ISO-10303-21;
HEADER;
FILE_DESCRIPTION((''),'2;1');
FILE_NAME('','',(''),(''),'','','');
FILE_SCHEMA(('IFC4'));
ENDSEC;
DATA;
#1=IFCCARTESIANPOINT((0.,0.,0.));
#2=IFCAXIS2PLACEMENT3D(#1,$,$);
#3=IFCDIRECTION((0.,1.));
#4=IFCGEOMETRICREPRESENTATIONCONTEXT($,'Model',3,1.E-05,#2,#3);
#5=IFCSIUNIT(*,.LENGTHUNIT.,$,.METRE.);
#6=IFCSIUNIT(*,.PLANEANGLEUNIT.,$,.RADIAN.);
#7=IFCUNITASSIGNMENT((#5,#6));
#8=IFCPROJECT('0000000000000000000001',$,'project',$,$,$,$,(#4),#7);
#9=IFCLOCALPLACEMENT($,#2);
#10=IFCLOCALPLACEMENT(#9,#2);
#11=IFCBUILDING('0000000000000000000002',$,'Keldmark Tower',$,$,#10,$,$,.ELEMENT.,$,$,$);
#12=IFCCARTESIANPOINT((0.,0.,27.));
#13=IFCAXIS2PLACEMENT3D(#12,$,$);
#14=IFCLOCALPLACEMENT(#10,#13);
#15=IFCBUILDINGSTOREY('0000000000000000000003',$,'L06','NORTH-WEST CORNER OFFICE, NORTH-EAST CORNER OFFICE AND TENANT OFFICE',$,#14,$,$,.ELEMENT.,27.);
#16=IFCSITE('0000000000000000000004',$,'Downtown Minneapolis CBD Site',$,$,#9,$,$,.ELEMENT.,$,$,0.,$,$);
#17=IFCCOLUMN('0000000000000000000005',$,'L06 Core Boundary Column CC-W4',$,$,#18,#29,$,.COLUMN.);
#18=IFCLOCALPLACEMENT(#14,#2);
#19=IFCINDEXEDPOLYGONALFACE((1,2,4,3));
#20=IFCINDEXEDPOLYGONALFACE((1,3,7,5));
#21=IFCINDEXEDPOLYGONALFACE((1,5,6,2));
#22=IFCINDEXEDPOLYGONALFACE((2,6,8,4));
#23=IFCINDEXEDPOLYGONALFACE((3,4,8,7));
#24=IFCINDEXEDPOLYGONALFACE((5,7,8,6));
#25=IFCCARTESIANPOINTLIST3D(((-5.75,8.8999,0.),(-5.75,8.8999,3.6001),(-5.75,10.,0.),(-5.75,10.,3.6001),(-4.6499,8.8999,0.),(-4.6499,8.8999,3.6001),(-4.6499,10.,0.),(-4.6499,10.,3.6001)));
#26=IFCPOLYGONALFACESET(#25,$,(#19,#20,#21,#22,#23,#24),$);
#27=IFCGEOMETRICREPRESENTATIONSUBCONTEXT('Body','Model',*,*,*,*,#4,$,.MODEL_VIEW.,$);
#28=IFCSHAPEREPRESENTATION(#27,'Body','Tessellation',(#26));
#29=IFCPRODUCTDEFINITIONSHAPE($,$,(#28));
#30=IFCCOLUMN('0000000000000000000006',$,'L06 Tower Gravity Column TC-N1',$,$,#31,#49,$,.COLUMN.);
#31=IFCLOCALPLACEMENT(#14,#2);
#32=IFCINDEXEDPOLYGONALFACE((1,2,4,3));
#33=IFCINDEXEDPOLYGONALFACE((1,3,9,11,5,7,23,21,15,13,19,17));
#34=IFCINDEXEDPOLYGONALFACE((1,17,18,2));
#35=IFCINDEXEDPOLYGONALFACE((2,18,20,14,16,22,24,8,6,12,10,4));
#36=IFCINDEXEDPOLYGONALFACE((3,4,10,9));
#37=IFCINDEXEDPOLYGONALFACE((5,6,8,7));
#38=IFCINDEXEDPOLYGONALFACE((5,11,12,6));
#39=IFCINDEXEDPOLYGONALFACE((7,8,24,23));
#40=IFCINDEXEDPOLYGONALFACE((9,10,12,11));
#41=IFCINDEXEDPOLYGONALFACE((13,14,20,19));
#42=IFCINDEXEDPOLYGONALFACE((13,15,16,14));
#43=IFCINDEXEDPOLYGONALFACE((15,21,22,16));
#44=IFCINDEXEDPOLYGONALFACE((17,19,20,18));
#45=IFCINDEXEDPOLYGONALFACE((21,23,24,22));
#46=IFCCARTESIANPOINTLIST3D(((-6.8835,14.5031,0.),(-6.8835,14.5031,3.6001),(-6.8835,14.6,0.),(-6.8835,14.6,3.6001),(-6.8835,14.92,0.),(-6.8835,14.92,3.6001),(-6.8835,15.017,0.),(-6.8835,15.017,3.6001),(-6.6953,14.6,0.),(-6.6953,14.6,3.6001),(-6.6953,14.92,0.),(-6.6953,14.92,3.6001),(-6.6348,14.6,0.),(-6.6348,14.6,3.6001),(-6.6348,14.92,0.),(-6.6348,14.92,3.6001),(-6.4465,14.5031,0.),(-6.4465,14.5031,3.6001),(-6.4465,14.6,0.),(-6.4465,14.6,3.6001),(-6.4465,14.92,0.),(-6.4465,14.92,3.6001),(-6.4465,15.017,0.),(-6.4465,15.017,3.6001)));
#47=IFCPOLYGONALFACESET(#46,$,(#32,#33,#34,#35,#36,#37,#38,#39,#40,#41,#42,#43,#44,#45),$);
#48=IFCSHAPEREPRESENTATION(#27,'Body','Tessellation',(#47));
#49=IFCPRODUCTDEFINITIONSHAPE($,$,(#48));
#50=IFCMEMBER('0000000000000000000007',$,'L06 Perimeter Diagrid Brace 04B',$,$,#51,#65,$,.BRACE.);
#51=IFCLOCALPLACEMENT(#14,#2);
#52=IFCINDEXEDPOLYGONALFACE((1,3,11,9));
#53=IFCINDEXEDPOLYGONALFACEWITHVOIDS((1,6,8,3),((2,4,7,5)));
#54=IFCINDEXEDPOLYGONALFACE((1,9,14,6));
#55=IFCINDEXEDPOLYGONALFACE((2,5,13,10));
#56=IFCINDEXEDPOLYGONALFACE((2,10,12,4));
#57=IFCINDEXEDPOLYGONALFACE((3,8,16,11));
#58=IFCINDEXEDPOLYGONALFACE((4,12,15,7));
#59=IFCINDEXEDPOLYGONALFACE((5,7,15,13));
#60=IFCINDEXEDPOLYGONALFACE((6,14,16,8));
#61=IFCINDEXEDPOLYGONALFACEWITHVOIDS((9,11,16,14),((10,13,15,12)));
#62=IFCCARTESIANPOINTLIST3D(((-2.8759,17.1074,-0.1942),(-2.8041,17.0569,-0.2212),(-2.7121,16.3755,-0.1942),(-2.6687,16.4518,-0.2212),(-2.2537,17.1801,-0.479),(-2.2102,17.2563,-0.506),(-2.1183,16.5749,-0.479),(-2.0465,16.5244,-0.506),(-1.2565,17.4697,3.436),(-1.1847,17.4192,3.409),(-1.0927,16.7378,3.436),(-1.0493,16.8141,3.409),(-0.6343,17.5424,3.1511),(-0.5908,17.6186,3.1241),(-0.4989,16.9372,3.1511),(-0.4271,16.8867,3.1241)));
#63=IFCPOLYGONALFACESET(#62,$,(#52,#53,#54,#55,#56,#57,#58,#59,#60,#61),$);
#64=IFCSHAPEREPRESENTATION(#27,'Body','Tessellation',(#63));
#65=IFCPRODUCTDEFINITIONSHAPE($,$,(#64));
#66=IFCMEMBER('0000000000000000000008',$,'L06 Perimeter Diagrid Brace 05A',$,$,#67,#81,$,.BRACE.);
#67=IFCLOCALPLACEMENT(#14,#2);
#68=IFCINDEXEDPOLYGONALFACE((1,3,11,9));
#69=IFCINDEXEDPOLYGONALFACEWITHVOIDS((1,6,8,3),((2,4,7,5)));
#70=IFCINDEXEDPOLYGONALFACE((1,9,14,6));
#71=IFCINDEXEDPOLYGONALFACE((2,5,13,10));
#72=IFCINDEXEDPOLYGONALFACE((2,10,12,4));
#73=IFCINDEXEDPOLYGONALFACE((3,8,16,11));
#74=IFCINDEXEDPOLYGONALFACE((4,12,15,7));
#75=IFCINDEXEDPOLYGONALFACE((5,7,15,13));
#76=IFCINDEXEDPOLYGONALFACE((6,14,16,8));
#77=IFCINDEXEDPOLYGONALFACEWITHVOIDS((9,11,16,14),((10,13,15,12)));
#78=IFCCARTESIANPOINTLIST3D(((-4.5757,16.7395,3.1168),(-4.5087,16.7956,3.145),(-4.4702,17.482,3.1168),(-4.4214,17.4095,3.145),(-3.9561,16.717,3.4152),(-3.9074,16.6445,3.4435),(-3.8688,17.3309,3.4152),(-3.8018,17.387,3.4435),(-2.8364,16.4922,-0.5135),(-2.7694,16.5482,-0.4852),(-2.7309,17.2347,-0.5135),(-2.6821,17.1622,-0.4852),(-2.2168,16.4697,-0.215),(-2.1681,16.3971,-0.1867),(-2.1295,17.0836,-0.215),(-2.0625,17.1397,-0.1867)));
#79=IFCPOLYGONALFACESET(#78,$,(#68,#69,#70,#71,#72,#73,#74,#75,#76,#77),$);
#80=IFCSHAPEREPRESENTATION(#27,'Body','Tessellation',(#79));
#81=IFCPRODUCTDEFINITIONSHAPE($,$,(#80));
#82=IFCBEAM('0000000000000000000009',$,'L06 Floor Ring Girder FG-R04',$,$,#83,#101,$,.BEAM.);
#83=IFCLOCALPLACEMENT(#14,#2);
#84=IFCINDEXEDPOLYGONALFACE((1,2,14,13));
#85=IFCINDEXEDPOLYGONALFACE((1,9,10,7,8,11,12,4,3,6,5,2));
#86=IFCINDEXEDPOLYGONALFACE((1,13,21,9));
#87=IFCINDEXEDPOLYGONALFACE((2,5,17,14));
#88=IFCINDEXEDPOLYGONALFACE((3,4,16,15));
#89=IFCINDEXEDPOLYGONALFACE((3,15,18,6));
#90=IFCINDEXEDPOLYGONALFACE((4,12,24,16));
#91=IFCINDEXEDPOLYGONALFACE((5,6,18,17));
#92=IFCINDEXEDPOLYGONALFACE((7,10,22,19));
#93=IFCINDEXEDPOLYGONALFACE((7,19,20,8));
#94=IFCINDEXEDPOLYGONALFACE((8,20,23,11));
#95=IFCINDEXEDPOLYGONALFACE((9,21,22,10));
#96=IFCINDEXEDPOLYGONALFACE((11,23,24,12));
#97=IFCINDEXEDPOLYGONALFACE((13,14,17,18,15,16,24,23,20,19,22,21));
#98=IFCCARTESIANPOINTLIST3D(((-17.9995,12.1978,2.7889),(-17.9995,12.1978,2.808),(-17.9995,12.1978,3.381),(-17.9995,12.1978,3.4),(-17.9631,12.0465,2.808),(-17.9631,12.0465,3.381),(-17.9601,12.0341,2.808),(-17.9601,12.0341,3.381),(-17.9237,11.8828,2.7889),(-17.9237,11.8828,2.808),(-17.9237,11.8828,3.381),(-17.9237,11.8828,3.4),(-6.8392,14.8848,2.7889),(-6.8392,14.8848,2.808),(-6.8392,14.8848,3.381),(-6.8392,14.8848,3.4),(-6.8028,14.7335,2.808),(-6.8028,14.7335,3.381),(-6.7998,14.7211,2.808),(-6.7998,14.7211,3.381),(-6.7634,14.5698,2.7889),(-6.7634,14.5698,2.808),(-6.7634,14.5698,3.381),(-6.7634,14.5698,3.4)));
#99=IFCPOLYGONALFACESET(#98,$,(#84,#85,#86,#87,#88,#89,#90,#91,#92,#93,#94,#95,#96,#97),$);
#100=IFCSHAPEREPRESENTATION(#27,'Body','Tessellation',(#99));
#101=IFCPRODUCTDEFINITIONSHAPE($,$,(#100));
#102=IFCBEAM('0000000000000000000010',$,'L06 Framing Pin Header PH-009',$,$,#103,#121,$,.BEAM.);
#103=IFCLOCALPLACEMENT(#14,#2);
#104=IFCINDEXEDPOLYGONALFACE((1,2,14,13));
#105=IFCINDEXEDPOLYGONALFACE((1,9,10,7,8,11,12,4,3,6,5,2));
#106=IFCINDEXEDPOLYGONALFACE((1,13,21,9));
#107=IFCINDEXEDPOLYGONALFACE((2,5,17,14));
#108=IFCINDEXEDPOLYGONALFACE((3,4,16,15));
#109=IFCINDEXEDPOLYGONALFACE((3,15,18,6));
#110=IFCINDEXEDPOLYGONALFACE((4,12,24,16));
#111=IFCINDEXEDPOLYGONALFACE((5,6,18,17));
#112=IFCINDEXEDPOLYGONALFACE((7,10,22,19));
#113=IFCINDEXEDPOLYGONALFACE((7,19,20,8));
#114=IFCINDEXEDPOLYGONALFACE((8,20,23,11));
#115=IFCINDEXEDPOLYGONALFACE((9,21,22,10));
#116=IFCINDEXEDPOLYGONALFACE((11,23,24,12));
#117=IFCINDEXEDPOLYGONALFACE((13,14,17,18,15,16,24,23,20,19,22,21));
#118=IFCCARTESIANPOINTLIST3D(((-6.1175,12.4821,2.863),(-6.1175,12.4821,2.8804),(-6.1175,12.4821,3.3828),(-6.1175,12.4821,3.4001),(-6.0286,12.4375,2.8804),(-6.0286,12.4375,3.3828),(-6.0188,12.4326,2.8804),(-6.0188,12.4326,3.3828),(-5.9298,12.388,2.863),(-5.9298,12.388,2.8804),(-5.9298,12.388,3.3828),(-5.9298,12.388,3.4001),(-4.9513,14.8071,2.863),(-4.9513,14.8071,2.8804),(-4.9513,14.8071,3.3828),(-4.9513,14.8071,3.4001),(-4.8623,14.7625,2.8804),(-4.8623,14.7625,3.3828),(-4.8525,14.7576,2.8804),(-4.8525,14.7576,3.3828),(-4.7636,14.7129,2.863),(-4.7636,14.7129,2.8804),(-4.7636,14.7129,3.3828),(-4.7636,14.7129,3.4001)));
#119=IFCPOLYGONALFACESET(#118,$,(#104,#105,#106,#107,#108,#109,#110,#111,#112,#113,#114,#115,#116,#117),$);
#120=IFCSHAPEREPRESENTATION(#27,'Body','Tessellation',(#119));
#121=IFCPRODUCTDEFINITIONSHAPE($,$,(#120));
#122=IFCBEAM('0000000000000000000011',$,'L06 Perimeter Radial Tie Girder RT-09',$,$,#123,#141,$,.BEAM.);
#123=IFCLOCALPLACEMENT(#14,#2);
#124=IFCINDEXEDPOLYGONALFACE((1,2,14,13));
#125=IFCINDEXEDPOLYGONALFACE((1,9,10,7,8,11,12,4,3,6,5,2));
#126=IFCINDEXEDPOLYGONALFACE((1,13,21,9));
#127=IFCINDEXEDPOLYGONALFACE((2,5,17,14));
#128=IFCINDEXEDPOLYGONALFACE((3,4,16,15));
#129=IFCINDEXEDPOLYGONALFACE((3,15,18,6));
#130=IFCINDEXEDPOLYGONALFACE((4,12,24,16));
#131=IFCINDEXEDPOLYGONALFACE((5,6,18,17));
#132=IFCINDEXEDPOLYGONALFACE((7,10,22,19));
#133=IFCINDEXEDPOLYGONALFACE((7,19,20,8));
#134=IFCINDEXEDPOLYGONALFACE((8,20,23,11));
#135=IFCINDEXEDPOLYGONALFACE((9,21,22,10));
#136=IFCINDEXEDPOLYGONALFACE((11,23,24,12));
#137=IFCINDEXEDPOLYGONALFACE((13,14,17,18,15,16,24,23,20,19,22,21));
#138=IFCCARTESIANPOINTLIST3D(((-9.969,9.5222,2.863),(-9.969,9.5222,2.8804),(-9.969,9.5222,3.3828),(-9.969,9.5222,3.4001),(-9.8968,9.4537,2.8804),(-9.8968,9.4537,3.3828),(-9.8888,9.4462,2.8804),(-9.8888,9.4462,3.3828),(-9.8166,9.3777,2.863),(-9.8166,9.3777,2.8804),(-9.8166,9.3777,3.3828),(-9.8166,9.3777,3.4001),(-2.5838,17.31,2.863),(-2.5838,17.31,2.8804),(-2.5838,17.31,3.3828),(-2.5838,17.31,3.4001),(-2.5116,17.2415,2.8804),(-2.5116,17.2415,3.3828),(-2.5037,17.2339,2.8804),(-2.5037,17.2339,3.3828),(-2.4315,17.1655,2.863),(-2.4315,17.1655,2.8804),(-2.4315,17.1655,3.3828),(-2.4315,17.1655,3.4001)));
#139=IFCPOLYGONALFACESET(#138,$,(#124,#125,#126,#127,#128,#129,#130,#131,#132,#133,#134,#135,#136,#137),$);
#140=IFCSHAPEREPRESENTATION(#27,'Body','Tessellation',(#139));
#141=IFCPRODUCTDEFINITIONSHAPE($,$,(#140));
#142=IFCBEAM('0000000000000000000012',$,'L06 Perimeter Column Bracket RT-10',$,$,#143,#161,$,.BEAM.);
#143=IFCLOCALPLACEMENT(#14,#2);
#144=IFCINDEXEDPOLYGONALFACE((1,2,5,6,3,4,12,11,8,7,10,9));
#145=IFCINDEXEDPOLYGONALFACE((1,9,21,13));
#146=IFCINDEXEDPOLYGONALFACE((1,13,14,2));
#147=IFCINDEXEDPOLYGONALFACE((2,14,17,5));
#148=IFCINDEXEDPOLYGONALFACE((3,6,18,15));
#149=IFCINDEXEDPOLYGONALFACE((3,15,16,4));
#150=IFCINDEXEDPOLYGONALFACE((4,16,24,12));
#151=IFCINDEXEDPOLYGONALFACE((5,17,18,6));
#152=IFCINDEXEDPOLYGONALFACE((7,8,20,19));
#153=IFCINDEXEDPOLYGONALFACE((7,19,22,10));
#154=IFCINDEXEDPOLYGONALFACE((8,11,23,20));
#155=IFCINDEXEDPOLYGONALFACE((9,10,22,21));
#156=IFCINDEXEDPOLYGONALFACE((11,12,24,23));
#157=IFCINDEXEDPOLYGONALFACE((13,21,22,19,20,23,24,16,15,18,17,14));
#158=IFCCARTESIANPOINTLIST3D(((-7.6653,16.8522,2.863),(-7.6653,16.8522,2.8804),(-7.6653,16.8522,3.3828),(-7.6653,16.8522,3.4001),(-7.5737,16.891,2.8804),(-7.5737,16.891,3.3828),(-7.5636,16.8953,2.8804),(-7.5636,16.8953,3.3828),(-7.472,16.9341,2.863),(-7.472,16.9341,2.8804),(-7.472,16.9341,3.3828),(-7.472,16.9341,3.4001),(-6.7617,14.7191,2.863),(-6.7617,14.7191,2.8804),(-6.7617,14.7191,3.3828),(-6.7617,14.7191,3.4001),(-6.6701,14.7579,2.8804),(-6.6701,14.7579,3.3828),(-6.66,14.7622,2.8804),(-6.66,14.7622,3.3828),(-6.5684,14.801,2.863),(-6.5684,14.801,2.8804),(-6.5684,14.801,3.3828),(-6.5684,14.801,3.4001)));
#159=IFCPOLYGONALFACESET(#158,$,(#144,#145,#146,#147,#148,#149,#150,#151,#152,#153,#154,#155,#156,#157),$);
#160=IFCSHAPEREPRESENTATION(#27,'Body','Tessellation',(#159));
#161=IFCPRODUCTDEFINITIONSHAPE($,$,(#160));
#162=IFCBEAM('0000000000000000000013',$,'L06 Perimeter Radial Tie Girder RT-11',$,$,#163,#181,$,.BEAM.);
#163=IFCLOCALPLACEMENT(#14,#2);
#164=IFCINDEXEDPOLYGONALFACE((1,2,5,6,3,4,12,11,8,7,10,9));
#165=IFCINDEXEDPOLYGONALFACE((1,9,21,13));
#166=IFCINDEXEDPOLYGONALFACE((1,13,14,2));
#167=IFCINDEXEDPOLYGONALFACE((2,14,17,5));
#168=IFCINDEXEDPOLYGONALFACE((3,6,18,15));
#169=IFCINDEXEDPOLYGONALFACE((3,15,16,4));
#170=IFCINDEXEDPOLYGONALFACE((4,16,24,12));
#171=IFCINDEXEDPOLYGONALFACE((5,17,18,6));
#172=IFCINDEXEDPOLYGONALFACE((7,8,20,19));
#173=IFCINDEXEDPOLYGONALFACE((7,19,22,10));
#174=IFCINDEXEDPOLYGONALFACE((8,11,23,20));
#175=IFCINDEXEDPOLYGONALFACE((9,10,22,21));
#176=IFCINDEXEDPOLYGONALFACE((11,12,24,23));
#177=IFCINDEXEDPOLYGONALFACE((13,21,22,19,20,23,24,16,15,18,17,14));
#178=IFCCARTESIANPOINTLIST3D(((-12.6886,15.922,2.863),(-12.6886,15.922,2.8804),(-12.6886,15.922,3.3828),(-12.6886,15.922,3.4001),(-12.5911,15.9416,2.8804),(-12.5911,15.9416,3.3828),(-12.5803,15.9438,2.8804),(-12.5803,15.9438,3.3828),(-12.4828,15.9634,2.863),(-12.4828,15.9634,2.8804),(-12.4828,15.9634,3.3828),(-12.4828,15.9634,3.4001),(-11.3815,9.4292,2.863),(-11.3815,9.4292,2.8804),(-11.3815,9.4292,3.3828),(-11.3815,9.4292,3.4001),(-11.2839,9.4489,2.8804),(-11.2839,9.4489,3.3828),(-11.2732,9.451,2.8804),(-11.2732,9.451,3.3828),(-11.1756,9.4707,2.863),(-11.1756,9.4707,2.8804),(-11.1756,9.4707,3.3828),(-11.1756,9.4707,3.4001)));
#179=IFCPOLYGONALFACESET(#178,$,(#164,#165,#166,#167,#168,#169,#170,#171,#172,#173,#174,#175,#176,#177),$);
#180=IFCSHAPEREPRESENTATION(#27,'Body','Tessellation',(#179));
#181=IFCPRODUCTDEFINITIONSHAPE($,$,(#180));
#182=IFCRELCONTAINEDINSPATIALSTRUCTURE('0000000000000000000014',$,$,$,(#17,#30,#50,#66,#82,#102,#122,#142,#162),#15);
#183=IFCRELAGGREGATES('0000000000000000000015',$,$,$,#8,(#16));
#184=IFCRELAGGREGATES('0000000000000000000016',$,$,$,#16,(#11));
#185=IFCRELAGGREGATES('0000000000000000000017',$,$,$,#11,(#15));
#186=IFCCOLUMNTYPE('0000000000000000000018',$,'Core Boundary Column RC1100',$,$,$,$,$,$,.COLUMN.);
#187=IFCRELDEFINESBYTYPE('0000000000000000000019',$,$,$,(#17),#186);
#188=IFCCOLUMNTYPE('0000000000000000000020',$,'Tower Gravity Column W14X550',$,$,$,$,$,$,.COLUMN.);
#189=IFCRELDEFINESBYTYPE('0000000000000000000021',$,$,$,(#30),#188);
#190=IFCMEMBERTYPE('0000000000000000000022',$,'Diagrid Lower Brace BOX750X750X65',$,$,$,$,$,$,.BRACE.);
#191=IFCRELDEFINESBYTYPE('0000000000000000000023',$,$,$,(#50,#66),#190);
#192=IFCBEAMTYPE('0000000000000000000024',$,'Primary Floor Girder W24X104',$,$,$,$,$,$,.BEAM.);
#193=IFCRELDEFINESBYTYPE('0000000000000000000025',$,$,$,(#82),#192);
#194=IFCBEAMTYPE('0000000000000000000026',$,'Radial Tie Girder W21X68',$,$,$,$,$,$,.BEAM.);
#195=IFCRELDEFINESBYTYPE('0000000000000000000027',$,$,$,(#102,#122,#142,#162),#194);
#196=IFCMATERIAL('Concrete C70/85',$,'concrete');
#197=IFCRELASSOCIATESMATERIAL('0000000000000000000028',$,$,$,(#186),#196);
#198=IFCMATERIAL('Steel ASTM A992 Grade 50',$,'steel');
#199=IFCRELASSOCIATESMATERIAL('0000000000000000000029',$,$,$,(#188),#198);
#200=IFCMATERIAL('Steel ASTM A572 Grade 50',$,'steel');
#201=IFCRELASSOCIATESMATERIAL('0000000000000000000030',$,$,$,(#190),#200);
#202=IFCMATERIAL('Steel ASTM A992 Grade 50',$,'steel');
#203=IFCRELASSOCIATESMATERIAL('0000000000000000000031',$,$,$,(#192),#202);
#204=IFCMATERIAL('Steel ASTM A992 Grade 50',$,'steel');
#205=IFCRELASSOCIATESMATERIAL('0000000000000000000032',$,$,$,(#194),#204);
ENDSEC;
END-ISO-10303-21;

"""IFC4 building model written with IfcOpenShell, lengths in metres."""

from ifc_helpers import new_model, si_unit, direction, frame, origin, origin_2d, place, context, subcontext, project, spatial, rectangle, hollow_rectangle, i_section, extrude, material, material_profile, profile_set, type_object, element, save


model = new_model("IFC4")

# Units and contexts
model_context = context("Model", 3, precision=1e-05, world=origin(), true_north=direction((0.0, 1.0)))
body_context = subcontext(model_context, "Body", "Model", "MODEL_VIEW")
ifc_project = project(units=[si_unit("LENGTHUNIT", "METRE"), si_unit("PLANEANGLEUNIT", "RADIAN")], contexts=[model_context])

# Site, building, storey
site_placement = place(None, origin())
site = spatial("IfcSite", under=ifc_project, at=site_placement, Name="Downtown Minneapolis CBD Site", CompositionType="ELEMENT", RefElevation=0.0)
building_placement = place(site_placement, origin())
building = spatial("IfcBuilding", under=site, at=building_placement, Name="Keldmark Tower", CompositionType="ELEMENT")
storey_placement = place(building_placement, frame((0.0, 0.0, 27.0)))
storey = spatial("IfcBuildingStorey", under=building, at=storey_placement, Name="L06", Description="NORTH-WEST CORNER OFFICE, NORTH-EAST CORNER OFFICE AND TENANT OFFICE", CompositionType="ELEMENT", Elevation=27.0)

# Columns
ifc_material_1 = material(Name="Concrete C70/85", Category="concrete")
ifc_material_profile_1 = material_profile(ifc_material_1, rectangle(XDim=1.1001, YDim=1.1001, at=origin_2d()), Name="RC1100X1100")
ifc_profile_set_1 = profile_set([ifc_material_profile_1], Name="Concrete C70/85")
column_type_1 = type_object("IfcColumnType", Name="Core Boundary Column RC1100", PredefinedType="COLUMN", material=ifc_profile_set_1)
column_1_placement = place(storey_placement, frame((-5.2, 9.45, 0.0), z_axis=(0.0, 0.0, 1.0), x_axis=(1.0, 0.0, 0.0)))
element("IfcColumn", 1, at=column_1_placement, inside=storey, type_object=column_type_1, Name="L06 Core Boundary Column CC-W4", PredefinedType="COLUMN", context=body_context, shape_type="SweptSolid", body=[
    extrude(rectangle(XDim=1.1001, YDim=1.1001, at=origin_2d()), origin(), (0.0, 0.0, 1.0), 3.6001),
])
ifc_material_2 = material(Name="Steel ASTM A992 Grade 50", Category="steel")
ifc_material_profile_2 = material_profile(ifc_material_2, i_section(OverallWidth=0.437, OverallDepth=0.5139, WebThickness=0.0605, FlangeThickness=0.0969, at=origin_2d()), Name="W14X550")
ifc_profile_set_2 = profile_set([ifc_material_profile_2], Name="Steel ASTM A992 Grade 50")
column_type_2 = type_object("IfcColumnType", Name="Tower Gravity Column W14X550", PredefinedType="COLUMN", material=ifc_profile_set_2)
column_2_placement = place(storey_placement, frame((-6.665, 14.76, 0.0), z_axis=(0.0, 0.0, 1.0), x_axis=(1.0, 0.0, 0.0)))
element("IfcColumn", 2, at=column_2_placement, inside=storey, type_object=column_type_2, Name="L06 Tower Gravity Column TC-N1", PredefinedType="COLUMN", context=body_context, shape_type="SweptSolid", body=[
    extrude(i_section(OverallWidth=0.437, OverallDepth=0.5139, WebThickness=0.0605, FlangeThickness=0.0969, at=origin_2d()), origin(), (0.0, 0.0, 1.0), 3.6001),
])

# Members
ifc_material_3 = material(Name="Steel ASTM A572 Grade 50", Category="steel")
ifc_material_profile_3 = material_profile(ifc_material_3, hollow_rectangle(XDim=0.75, YDim=0.75, WallThickness=0.0649, at=origin_2d()), Name="BOX750X750X65")
ifc_profile_set_3 = profile_set([ifc_material_profile_3], Name="Steel ASTM A572 Grade 50")
member_type = type_object("IfcMemberType", Name="Diagrid Lower Brace BOX750X750X65", PredefinedType="BRACE", material=ifc_profile_set_3)
member_1_placement = place(storey_placement, frame((-2.4612, 16.8159, -0.3501), z_axis=(0.405716, 0.090771, 0.909481), x_axis=(-0.218332, 0.975874, 0.0)))
element("IfcMember", 3, at=member_1_placement, inside=storey, type_object=member_type, Name="L06 Perimeter Diagrid Brace 04B", PredefinedType="BRACE", context=body_context, shape_type="SweptSolid", body=[
    extrude(hollow_rectangle(XDim=0.75, YDim=0.75, WallThickness=0.0649, at=origin_2d()), origin(), (0.0, 0.0, 1.0), 3.9915),
])
member_2_placement = place(storey_placement, frame((-2.4495, 16.8159, -0.3501), z_axis=(-0.431271, 0.061325, 0.900136), x_axis=(-0.140779, -0.990041, 0.0)))
element("IfcMember", 4, at=member_2_placement, inside=storey, type_object=member_type, Name="L06 Perimeter Diagrid Brace 05A", PredefinedType="BRACE", context=body_context, shape_type="SweptSolid", body=[
    extrude(hollow_rectangle(XDim=0.75, YDim=0.75, WallThickness=0.0649, at=origin_2d()), origin(), (0.0, 0.0, 1.0), 4.033),
])

# Beams
ifc_material_4 = material(Name="Steel ASTM A992 Grade 50", Category="steel")
ifc_material_profile_4 = material_profile(ifc_material_4, i_section(OverallWidth=0.324, OverallDepth=0.6111, WebThickness=0.0127, FlangeThickness=0.019, at=origin_2d()), Name="W24X104")
ifc_profile_set_4 = profile_set([ifc_material_profile_4], Name="Steel ASTM A992 Grade 50")
beam_type_1 = type_object("IfcBeamType", Name="Primary Floor Girder W24X104", PredefinedType="BEAM", material=ifc_profile_set_4)
beam_1_placement = place(storey_placement, frame((-6.8013, 14.7273, 3.0945), z_axis=(-0.972219, -0.234074, 0.0), x_axis=(0.234074, -0.972219, 0.0)))
element("IfcBeam", 5, at=beam_1_placement, inside=storey, type_object=beam_type_1, Name="L06 Floor Ring Girder FG-R04", PredefinedType="BEAM", context=body_context, shape_type="SweptSolid", body=[
    extrude(i_section(OverallWidth=0.324, OverallDepth=0.6111, WebThickness=0.0127, FlangeThickness=0.019, at=origin_2d()), origin(), (0.0, 0.0, 1.0), 11.4792),
])
ifc_material_5 = material(Name="Steel ASTM A992 Grade 50", Category="steel")
ifc_material_profile_5 = material_profile(ifc_material_5, i_section(OverallWidth=0.21, OverallDepth=0.5371, WebThickness=0.011, FlangeThickness=0.0173, at=origin_2d()), Name="W21X68")
ifc_profile_set_5 = profile_set([ifc_material_profile_5], Name="Steel ASTM A992 Grade 50")
beam_type_2 = type_object("IfcBeamType", Name="Radial Tie Girder W21X68", PredefinedType="BEAM", material=ifc_profile_set_5)
beam_2_placement = place(storey_placement, frame((-6.0237, 12.4351, 3.1316), z_axis=(0.448377, 0.893844, 0.0), x_axis=(-0.893844, 0.448377, 0.0)))
element("IfcBeam", 6, at=beam_2_placement, inside=storey, type_object=beam_type_2, Name="L06 Framing Pin Header PH-009", PredefinedType="BEAM", context=body_context, shape_type="SweptSolid", body=[
    extrude(i_section(OverallWidth=0.21, OverallDepth=0.5371, WebThickness=0.011, FlangeThickness=0.0173, at=origin_2d()), origin(), (0.0, 0.0, 1.0), 2.6011),
])
beam_3_placement = place(storey_placement, frame((-9.8928, 9.45, 3.1316), z_axis=(0.688103, 0.725613, 0.0), x_axis=(-0.725613, 0.688103, 0.0)))
element("IfcBeam", 7, at=beam_3_placement, inside=storey, type_object=beam_type_2, Name="L06 Perimeter Radial Tie Girder RT-09", PredefinedType="BEAM", context=body_context, shape_type="SweptSolid", body=[
    extrude(i_section(OverallWidth=0.21, OverallDepth=0.5371, WebThickness=0.011, FlangeThickness=0.0173, at=origin_2d()), origin(), (0.0, 0.0, 1.0), 10.7327),
])
beam_4_placement = place(storey_placement, frame((-6.665, 14.76, 3.1316), z_axis=(-0.390049, 0.920794, 0.0), x_axis=(-0.920794, -0.390049, 0.0)))
element("IfcBeam", 8, at=beam_4_placement, inside=storey, type_object=beam_type_2, Name="L06 Perimeter Column Bracket RT-10", PredefinedType="BEAM", context=body_context, shape_type="SweptSolid", body=[
    extrude(i_section(OverallWidth=0.21, OverallDepth=0.5371, WebThickness=0.011, FlangeThickness=0.0173, at=origin_2d()), origin(), (0.0, 0.0, 1.0), 2.3167),
])
beam_5_placement = place(storey_placement, frame((-11.2786, 9.45, 3.1316), z_axis=(-0.197364, 0.98033, 0.0), x_axis=(-0.98033, -0.197364, 0.0)))
element("IfcBeam", 9, at=beam_5_placement, inside=storey, type_object=beam_type_2, Name="L06 Perimeter Radial Tie Girder RT-11", PredefinedType="BEAM", context=body_context, shape_type="SweptSolid", body=[
    extrude(i_section(OverallWidth=0.21, OverallDepth=0.5371, WebThickness=0.011, FlangeThickness=0.0173, at=origin_2d()), origin(), (0.0, 0.0, 1.0), 6.623),
])

save(model, "model.ifc")
